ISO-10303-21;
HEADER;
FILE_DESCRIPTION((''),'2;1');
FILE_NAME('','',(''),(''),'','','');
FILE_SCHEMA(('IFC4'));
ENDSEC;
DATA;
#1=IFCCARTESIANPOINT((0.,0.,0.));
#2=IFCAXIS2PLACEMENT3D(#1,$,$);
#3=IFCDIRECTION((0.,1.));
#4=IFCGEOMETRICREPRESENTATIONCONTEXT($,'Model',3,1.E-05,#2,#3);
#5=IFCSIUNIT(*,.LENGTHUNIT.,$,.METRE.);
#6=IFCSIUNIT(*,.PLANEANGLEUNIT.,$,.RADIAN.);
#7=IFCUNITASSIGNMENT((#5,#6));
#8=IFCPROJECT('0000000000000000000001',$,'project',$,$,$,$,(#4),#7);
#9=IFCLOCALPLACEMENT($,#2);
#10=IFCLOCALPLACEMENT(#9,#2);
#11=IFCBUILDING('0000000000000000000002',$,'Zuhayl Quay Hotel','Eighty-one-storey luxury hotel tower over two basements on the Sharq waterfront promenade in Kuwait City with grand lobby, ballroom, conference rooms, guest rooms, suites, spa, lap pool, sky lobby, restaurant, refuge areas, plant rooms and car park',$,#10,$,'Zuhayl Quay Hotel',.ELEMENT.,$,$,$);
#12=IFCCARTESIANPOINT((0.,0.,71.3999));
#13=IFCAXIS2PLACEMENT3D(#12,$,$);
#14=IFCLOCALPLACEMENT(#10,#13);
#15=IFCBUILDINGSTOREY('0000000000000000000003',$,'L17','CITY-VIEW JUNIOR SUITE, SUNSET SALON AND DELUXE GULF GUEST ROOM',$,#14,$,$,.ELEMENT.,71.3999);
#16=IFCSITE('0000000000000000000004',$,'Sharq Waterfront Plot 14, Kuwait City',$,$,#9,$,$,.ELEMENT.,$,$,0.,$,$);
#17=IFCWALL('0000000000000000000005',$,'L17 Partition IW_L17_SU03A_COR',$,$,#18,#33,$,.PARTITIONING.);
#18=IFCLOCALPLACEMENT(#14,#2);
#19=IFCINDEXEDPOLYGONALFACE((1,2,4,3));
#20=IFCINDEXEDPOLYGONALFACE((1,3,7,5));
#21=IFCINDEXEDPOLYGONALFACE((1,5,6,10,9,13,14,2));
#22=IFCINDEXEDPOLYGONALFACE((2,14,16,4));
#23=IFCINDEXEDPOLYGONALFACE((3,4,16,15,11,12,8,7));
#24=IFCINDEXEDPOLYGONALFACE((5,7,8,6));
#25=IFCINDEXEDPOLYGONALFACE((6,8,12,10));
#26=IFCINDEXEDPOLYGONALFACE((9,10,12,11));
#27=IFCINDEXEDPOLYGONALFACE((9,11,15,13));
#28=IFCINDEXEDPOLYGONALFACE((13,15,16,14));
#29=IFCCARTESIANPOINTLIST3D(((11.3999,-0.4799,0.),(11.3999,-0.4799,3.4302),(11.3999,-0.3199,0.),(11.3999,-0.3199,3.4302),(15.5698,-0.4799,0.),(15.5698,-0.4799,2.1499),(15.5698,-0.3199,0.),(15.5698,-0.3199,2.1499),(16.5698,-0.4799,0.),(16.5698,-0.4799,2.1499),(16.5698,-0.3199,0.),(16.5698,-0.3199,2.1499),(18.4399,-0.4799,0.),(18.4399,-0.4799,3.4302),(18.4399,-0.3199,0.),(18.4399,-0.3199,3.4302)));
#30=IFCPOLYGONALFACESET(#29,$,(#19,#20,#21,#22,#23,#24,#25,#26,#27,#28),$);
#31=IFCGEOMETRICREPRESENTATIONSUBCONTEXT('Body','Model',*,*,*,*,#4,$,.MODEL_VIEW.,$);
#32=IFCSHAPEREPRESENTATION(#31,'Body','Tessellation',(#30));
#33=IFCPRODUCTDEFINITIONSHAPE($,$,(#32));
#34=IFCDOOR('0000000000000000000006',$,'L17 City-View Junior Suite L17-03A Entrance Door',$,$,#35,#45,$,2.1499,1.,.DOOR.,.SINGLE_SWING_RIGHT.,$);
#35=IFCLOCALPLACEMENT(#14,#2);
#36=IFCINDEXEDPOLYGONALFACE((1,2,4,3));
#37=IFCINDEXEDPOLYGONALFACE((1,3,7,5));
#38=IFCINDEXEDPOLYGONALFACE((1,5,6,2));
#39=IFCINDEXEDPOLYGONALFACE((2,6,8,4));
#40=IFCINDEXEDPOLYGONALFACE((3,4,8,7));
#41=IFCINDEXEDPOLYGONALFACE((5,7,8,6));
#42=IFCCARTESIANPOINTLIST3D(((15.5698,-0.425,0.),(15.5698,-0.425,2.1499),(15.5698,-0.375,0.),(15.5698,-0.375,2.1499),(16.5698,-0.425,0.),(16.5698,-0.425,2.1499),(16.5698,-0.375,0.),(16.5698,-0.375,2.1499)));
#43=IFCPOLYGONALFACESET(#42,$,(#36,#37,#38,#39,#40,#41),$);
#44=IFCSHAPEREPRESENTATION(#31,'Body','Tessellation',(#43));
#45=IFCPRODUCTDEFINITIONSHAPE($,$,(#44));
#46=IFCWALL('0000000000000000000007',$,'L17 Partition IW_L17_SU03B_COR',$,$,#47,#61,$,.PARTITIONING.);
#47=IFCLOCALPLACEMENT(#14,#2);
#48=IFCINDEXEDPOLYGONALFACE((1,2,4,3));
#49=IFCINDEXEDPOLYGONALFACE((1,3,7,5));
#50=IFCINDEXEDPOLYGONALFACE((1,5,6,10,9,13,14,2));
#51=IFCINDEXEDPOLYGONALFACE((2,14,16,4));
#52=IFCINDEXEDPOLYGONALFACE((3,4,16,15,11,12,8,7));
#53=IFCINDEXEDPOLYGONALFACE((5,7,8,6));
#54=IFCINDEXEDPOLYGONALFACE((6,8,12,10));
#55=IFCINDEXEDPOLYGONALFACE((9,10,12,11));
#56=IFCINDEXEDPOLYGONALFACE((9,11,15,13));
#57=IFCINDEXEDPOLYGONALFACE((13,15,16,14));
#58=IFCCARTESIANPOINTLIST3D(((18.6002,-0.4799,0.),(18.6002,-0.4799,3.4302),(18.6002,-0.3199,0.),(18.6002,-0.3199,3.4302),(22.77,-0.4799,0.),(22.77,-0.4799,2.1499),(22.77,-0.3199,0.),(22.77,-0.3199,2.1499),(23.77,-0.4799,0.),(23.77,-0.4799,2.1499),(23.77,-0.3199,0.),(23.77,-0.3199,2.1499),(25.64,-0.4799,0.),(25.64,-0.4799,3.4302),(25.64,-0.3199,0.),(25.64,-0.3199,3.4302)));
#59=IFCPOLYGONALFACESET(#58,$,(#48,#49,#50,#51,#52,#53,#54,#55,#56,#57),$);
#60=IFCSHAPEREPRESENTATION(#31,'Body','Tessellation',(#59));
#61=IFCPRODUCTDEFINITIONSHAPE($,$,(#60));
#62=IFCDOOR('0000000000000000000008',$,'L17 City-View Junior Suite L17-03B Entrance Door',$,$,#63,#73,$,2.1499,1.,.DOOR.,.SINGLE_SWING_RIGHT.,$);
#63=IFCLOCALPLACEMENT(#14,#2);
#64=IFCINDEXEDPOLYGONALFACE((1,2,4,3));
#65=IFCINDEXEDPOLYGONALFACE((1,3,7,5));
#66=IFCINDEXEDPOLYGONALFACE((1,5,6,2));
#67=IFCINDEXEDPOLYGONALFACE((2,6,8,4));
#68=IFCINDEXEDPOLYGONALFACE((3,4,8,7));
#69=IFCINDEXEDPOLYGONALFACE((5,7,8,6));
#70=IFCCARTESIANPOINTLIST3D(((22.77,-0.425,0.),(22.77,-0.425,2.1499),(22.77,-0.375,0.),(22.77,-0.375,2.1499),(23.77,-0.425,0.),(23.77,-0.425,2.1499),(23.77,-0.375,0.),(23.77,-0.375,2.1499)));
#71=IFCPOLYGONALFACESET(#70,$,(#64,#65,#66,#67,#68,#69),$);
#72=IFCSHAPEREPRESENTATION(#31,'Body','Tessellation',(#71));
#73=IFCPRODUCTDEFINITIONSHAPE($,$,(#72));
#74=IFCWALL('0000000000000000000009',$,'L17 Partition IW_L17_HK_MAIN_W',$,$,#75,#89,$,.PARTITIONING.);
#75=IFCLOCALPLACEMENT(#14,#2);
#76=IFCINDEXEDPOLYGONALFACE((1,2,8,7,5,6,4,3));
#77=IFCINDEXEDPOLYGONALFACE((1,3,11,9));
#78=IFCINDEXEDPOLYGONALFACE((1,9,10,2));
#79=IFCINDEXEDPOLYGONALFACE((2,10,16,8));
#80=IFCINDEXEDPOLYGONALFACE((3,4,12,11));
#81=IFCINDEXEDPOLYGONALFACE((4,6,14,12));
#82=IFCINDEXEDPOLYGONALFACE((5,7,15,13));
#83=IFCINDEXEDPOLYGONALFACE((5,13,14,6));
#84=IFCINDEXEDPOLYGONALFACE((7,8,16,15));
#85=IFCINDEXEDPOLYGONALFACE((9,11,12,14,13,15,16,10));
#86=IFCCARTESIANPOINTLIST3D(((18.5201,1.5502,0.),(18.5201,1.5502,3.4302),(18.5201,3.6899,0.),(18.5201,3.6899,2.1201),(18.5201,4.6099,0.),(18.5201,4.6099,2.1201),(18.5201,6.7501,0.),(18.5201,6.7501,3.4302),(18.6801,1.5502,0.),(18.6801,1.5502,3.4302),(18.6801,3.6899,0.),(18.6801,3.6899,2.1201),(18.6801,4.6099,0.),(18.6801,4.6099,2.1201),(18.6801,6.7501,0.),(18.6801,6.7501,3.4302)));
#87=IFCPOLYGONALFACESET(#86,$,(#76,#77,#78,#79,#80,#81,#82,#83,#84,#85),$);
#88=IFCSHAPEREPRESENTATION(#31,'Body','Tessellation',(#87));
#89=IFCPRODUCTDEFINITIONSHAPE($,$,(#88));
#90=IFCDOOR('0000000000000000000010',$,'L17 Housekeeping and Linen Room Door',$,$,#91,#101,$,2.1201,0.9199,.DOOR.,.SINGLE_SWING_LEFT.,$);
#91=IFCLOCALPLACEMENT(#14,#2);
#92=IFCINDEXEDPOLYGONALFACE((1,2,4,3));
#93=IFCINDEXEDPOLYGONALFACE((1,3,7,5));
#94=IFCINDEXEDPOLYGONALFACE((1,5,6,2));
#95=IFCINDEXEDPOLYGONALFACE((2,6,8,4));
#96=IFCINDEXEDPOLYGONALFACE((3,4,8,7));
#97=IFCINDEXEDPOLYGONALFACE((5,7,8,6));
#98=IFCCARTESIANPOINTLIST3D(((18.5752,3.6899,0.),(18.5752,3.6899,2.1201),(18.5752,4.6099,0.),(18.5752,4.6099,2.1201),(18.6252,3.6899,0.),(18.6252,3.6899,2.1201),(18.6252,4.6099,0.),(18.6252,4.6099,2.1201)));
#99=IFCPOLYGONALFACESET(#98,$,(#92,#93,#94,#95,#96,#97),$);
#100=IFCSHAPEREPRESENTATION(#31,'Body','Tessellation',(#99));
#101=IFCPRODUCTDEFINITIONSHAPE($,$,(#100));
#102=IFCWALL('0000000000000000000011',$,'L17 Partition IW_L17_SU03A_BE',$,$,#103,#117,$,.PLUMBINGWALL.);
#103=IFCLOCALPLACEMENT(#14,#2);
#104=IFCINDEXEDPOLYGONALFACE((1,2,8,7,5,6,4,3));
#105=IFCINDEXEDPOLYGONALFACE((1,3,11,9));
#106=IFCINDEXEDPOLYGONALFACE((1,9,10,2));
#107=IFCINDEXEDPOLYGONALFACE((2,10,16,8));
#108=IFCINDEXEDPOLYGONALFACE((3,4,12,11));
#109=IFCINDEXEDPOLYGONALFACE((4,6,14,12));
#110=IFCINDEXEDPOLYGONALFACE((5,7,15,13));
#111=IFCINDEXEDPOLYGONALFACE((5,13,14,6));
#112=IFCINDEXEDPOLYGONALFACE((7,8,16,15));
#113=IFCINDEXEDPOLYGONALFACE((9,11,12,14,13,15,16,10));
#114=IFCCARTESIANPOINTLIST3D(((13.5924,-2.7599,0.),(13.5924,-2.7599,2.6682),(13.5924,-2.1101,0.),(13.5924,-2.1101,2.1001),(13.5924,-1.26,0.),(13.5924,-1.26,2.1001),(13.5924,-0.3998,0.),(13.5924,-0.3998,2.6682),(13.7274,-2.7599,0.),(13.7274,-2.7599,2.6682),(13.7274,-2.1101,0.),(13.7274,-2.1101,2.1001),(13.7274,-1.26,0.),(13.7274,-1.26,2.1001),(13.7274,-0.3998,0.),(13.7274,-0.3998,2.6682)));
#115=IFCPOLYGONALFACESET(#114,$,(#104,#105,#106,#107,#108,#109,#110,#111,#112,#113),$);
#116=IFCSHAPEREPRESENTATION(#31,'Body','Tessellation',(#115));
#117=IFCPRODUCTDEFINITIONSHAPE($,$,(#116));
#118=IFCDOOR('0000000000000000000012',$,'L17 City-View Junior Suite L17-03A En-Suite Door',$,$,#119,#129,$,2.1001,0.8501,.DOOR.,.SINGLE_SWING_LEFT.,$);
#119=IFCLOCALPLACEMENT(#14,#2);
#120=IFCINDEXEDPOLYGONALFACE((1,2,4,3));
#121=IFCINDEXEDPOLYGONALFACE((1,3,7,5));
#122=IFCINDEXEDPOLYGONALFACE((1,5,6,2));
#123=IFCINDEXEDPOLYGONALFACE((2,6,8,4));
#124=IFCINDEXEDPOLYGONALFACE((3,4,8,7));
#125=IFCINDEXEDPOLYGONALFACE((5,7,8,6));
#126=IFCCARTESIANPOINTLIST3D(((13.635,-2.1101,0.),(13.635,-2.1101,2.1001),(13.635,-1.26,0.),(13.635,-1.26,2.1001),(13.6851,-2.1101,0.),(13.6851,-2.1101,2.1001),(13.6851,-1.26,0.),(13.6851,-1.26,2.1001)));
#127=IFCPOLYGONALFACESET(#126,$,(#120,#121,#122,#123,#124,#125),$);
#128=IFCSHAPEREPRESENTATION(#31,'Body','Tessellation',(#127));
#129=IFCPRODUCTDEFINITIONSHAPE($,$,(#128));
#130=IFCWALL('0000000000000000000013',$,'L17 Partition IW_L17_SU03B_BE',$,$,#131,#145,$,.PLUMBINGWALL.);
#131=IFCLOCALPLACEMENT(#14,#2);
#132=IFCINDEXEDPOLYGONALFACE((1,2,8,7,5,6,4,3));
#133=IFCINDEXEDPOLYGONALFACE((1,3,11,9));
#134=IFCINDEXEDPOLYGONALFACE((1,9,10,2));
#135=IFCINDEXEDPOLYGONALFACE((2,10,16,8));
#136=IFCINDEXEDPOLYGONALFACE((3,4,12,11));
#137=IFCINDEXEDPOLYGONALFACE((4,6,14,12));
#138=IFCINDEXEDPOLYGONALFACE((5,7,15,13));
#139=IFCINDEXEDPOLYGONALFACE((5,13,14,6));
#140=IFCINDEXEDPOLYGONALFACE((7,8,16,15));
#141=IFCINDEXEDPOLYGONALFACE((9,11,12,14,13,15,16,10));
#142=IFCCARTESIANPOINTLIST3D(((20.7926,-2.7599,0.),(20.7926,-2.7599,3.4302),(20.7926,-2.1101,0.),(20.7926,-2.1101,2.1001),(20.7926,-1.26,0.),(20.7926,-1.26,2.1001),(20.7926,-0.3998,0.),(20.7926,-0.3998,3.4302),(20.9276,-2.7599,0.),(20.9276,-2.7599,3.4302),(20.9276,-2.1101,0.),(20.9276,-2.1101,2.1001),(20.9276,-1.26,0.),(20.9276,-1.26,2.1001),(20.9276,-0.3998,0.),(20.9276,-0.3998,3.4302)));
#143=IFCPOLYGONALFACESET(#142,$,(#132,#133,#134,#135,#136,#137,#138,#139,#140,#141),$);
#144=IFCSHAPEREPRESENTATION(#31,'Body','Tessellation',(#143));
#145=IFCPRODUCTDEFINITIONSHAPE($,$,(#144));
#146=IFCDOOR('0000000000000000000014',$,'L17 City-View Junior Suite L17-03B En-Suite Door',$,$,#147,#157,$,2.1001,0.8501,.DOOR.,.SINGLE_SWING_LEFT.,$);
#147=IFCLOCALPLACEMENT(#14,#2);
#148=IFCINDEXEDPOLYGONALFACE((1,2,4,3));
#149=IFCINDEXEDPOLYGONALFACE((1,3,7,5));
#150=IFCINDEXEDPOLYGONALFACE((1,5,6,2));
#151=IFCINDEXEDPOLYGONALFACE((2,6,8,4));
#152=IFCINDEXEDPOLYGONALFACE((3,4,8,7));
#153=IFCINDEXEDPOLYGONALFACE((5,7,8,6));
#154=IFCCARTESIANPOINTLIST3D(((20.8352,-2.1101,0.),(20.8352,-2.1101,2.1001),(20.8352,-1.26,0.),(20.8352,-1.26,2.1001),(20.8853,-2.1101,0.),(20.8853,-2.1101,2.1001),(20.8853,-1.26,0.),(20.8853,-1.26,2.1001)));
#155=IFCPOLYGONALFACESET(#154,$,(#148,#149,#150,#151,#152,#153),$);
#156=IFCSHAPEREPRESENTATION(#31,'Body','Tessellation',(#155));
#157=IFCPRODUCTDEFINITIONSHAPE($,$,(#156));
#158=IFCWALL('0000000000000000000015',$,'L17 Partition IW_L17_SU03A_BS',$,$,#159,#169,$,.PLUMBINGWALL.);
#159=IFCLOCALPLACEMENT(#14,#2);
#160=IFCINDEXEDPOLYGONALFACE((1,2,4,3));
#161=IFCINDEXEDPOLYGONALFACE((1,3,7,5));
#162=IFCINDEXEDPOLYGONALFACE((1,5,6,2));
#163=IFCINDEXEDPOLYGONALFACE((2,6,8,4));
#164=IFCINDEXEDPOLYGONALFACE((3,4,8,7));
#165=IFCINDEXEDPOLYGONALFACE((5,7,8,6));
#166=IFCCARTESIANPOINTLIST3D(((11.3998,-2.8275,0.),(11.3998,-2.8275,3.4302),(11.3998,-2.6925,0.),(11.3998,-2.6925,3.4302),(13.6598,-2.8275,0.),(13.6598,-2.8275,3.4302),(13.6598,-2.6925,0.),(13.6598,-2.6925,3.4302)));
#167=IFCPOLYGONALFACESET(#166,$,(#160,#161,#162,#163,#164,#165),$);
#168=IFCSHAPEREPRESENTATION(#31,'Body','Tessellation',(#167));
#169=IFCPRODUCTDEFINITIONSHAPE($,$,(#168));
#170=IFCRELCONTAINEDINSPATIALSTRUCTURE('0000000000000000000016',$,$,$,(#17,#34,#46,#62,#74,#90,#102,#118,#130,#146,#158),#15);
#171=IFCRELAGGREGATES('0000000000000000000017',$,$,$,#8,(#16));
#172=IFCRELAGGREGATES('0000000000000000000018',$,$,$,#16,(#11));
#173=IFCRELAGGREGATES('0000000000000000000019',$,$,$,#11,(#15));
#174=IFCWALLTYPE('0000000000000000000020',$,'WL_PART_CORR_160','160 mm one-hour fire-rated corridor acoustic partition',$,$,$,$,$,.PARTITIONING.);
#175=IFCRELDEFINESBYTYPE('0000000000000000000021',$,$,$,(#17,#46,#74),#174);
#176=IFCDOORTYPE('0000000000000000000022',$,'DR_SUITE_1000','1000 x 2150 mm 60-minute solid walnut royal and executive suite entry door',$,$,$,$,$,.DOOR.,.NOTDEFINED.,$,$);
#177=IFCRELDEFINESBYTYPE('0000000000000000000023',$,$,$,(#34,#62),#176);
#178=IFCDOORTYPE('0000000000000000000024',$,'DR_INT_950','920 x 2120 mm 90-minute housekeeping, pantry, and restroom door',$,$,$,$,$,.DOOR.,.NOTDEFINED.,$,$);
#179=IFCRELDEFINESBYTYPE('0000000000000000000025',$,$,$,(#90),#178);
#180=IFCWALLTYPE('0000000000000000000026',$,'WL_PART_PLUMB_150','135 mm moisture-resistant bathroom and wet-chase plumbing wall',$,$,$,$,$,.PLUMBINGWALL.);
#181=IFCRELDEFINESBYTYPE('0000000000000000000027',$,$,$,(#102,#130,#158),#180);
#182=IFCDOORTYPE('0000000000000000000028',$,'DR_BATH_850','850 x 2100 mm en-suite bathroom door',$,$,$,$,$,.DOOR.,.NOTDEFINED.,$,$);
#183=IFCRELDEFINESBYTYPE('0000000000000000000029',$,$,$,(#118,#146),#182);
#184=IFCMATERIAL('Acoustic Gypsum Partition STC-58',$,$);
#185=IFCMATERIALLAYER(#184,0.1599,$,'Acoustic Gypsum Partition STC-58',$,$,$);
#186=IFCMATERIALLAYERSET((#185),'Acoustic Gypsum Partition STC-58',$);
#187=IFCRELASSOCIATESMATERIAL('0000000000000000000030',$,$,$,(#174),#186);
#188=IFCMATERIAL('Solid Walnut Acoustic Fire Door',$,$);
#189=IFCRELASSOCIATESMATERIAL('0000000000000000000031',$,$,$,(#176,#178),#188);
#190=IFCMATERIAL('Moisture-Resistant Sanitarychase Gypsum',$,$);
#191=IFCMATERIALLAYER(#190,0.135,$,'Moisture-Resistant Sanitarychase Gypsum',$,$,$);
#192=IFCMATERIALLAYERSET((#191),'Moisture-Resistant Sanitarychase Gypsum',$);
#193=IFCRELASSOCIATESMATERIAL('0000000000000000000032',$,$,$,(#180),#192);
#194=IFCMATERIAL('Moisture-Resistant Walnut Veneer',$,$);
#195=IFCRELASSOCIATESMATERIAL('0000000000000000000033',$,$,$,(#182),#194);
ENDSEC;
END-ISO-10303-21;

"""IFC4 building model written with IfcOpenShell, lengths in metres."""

from ifc_helpers import new_model, si_unit, direction, frame, frame_2d, origin, place, context, subcontext, project, spatial, rectangle, extrude, material, layer, layer_set, type_object, element, fill, save


model = new_model("IFC4")

# Units and contexts
model_context = context("Model", 3, precision=1e-05, world=origin(), true_north=direction((0.0, 1.0)))
body_context = subcontext(model_context, "Body", "Model", "MODEL_VIEW")
ifc_project = project(units=[si_unit("LENGTHUNIT", "METRE"), si_unit("PLANEANGLEUNIT", "RADIAN")], contexts=[model_context])

# Site, building, storey
site_placement = place(None, origin())
site = spatial("IfcSite", under=ifc_project, at=site_placement, Name="Sharq Waterfront Plot 14, Kuwait City", CompositionType="ELEMENT", RefElevation=0.0)
building_placement = place(site_placement, origin())
building = spatial("IfcBuilding", under=site, at=building_placement, Name="Zuhayl Quay Hotel", Description="Eighty-one-storey luxury hotel tower over two basements on the Sharq waterfront promenade in Kuwait City with grand lobby, ballroom, conference rooms, guest rooms, suites, spa, lap pool, sky lobby, restaurant, refuge areas, plant rooms and car park", LongName="Zuhayl Quay Hotel", CompositionType="ELEMENT")
storey_placement = place(building_placement, frame((0.0, 0.0, 71.3999)))
storey = spatial("IfcBuildingStorey", under=building, at=storey_placement, Name="L17", Description="CITY-VIEW JUNIOR SUITE, SUNSET SALON AND DELUXE GULF GUEST ROOM", CompositionType="ELEMENT", Elevation=71.3999)

# Walls, openings, doors
ifc_material_1 = material(Name="Acoustic Gypsum Partition STC-58")
ifc_layer_1 = layer(ifc_material_1, 0.1599, Name="Acoustic Gypsum Partition STC-58")
ifc_layer_set_1 = layer_set([ifc_layer_1], Name="Acoustic Gypsum Partition STC-58")
wall_type_1 = type_object("IfcWallType", Name="WL_PART_CORR_160", Description="160 mm one-hour fire-rated corridor acoustic partition", PredefinedType="PARTITIONING", material=ifc_layer_set_1)
wall_1_placement = place(storey_placement, frame((11.3999, -0.3999, 0.0), z_axis=(0.0, 0.0, 1.0), x_axis=(1.0, 0.0, 0.0)))
wall_1 = element("IfcWall", 1, at=wall_1_placement, inside=storey, type_object=wall_type_1, Name="L17 Partition IW_L17_SU03A_COR", PredefinedType="PARTITIONING", context=body_context, shape_type="SweptSolid", body=[
    extrude(rectangle(XDim=7.04, YDim=0.1599, at=frame_2d((3.52, 0.0))), origin(), (0.0, 0.0, 1.0), 3.4302),
])
opening_1_placement = place(wall_1_placement, frame((4.1699, 0.0, 0.0)))
opening_1 = element("IfcOpeningElement", 2, at=opening_1_placement, cuts=wall_1, PredefinedType="OPENING", context=body_context, shape_type="SweptSolid", body=[
    extrude(rectangle(XDim=1.0, YDim=2.1499, at=frame_2d((0.5, 1.075))), frame((0.0, 0.0898, 0.0), z_axis=(0.0, -1.0, 0.0), x_axis=(1.0, 0.0, 0.0)), (0.0, 0.0, 1.0), 0.1799),
])
ifc_material_2 = material(Name="Solid Walnut Acoustic Fire Door")
door_type_1 = type_object("IfcDoorType", Name="DR_SUITE_1000", Description="1000 x 2150 mm 60-minute solid walnut royal and executive suite entry door", OperationType="NOTDEFINED", PredefinedType="DOOR", material=ifc_material_2)
door_1_placement = place(opening_1_placement, origin())
door_1 = element("IfcDoor", 3, at=door_1_placement, inside=storey, type_object=door_type_1, Name="L17 City-View Junior Suite L17-03A Entrance Door", OperationType="SINGLE_SWING_RIGHT", OverallHeight=2.1499, OverallWidth=1.0, PredefinedType="DOOR", context=body_context, shape_type="SweptSolid", body=[
    extrude(rectangle(XDim=1.0, YDim=2.1499, at=frame_2d((0.5, 1.075))), frame((0.0, 0.0249, 0.0), z_axis=(0.0, -1.0, 0.0), x_axis=(1.0, 0.0, 0.0)), (0.0, 0.0, 1.0), 0.05),
])
fill(opening_1, door_1)
wall_2_placement = place(storey_placement, frame((18.6001, -0.3999, 0.0), z_axis=(0.0, 0.0, 1.0), x_axis=(1.0, 0.0, 0.0)))
wall_2 = element("IfcWall", 4, at=wall_2_placement, inside=storey, type_object=wall_type_1, Name="L17 Partition IW_L17_SU03B_COR", PredefinedType="PARTITIONING", context=body_context, shape_type="SweptSolid", body=[
    extrude(rectangle(XDim=7.0398, YDim=0.1599, at=frame_2d((3.52, 0.0))), origin(), (0.0, 0.0, 1.0), 3.4302),
])
opening_2_placement = place(wall_2_placement, frame((4.1699, 0.0, 0.0)))
opening_2 = element("IfcOpeningElement", 5, at=opening_2_placement, cuts=wall_2, PredefinedType="OPENING", context=body_context, shape_type="SweptSolid", body=[
    extrude(rectangle(XDim=1.0, YDim=2.1499, at=frame_2d((0.5, 1.075))), frame((0.0, 0.0898, 0.0), z_axis=(0.0, -1.0, 0.0), x_axis=(1.0, 0.0, 0.0)), (0.0, 0.0, 1.0), 0.1799),
])
door_2_placement = place(opening_2_placement, origin())
door_2 = element("IfcDoor", 6, at=door_2_placement, inside=storey, type_object=door_type_1, Name="L17 City-View Junior Suite L17-03B Entrance Door", OperationType="SINGLE_SWING_RIGHT", OverallHeight=2.1499, OverallWidth=1.0, PredefinedType="DOOR", context=body_context, shape_type="SweptSolid", body=[
    extrude(rectangle(XDim=1.0, YDim=2.1499, at=frame_2d((0.5, 1.075))), frame((0.0, 0.0249, 0.0), z_axis=(0.0, -1.0, 0.0), x_axis=(1.0, 0.0, 0.0)), (0.0, 0.0, 1.0), 0.05),
])
fill(opening_2, door_2)
wall_3_placement = place(storey_placement, frame((18.6001, 1.55, 0.0), z_axis=(0.0, 0.0, 1.0), x_axis=(0.0, 1.0, 0.0)))
wall_3 = element("IfcWall", 7, at=wall_3_placement, inside=storey, type_object=wall_type_1, Name="L17 Partition IW_L17_HK_MAIN_W", PredefinedType="PARTITIONING", context=body_context, shape_type="SweptSolid", body=[
    extrude(rectangle(XDim=5.2, YDim=0.1599, at=frame_2d((2.6001, 0.0))), origin(), (0.0, 0.0, 1.0), 3.4302),
])
opening_3_placement = place(wall_3_placement, frame((2.1399, 0.0, 0.0)))
opening_3 = element("IfcOpeningElement", 8, at=opening_3_placement, cuts=wall_3, PredefinedType="OPENING", context=body_context, shape_type="SweptSolid", body=[
    extrude(rectangle(XDim=0.9199, YDim=2.1201, at=frame_2d((0.46, 1.0601))), frame((0.0, 0.0898, 0.0), z_axis=(0.0, -1.0, 0.0), x_axis=(1.0, 0.0, 0.0)), (0.0, 0.0, 1.0), 0.1799),
])
door_type_2 = type_object("IfcDoorType", Name="DR_INT_950", Description="920 x 2120 mm 90-minute housekeeping, pantry, and restroom door", OperationType="NOTDEFINED", PredefinedType="DOOR", material=ifc_material_2)
door_3_placement = place(opening_3_placement, origin())
door_3 = element("IfcDoor", 9, at=door_3_placement, inside=storey, type_object=door_type_2, Name="L17 Housekeeping and Linen Room Door", OperationType="SINGLE_SWING_LEFT", OverallHeight=2.1201, OverallWidth=0.9199, PredefinedType="DOOR", context=body_context, shape_type="SweptSolid", body=[
    extrude(rectangle(XDim=0.9199, YDim=2.1201, at=frame_2d((0.46, 1.0601))), frame((0.0, 0.0249, 0.0), z_axis=(0.0, -1.0, 0.0), x_axis=(1.0, 0.0, 0.0)), (0.0, 0.0, 1.0), 0.05),
])
fill(opening_3, door_3)
ifc_material_3 = material(Name="Moisture-Resistant Sanitarychase Gypsum")
ifc_layer_2 = layer(ifc_material_3, 0.135, Name="Moisture-Resistant Sanitarychase Gypsum")
ifc_layer_set_2 = layer_set([ifc_layer_2], Name="Moisture-Resistant Sanitarychase Gypsum")
wall_type_2 = type_object("IfcWallType", Name="WL_PART_PLUMB_150", Description="135 mm moisture-resistant bathroom and wet-chase plumbing wall", PredefinedType="PLUMBINGWALL", material=ifc_layer_set_2)
wall_4_placement = place(storey_placement, frame((13.6599, -2.76, 0.0), z_axis=(0.0, 0.0, 1.0), x_axis=(0.0, 1.0, 0.0)))
wall_4 = element("IfcWall", 10, at=wall_4_placement, inside=storey, type_object=wall_type_2, Name="L17 Partition IW_L17_SU03A_BE", PredefinedType="PLUMBINGWALL", context=body_context, shape_type="SweptSolid", body=[
    extrude(rectangle(XDim=2.3601, YDim=0.135, at=frame_2d((1.1802, 0.0))), origin(), (0.0, 0.0, 1.0), 2.6682),
])
opening_4_placement = place(wall_4_placement, frame((0.6499, 0.0, 0.0)))
opening_4 = element("IfcOpeningElement", 11, at=opening_4_placement, cuts=wall_4, PredefinedType="OPENING", context=body_context, shape_type="SweptSolid", body=[
    extrude(rectangle(XDim=0.8501, YDim=2.1001, at=frame_2d((0.425, 1.05))), frame((0.0, 0.0774, 0.0), z_axis=(0.0, -1.0, 0.0), x_axis=(1.0, 0.0, 0.0)), (0.0, 0.0, 1.0), 0.155),
])
ifc_material_4 = material(Name="Moisture-Resistant Walnut Veneer")
door_type_3 = type_object("IfcDoorType", Name="DR_BATH_850", Description="850 x 2100 mm en-suite bathroom door", OperationType="NOTDEFINED", PredefinedType="DOOR", material=ifc_material_4)
door_4_placement = place(opening_4_placement, origin())
door_4 = element("IfcDoor", 12, at=door_4_placement, inside=storey, type_object=door_type_3, Name="L17 City-View Junior Suite L17-03A En-Suite Door", OperationType="SINGLE_SWING_LEFT", OverallHeight=2.1001, OverallWidth=0.8501, PredefinedType="DOOR", context=body_context, shape_type="SweptSolid", body=[
    extrude(rectangle(XDim=0.8501, YDim=2.1001, at=frame_2d((0.425, 1.05))), frame((0.0, 0.0249, 0.0), z_axis=(0.0, -1.0, 0.0), x_axis=(1.0, 0.0, 0.0)), (0.0, 0.0, 1.0), 0.05),
])
fill(opening_4, door_4)
wall_5_placement = place(storey_placement, frame((20.8601, -2.76, 0.0), z_axis=(0.0, 0.0, 1.0), x_axis=(0.0, 1.0, 0.0)))
wall_5 = element("IfcWall", 13, at=wall_5_placement, inside=storey, type_object=wall_type_2, Name="L17 Partition IW_L17_SU03B_BE", PredefinedType="PLUMBINGWALL", context=body_context, shape_type="SweptSolid", body=[
    extrude(rectangle(XDim=2.3601, YDim=0.135, at=frame_2d((1.1802, 0.0))), origin(), (0.0, 0.0, 1.0), 3.4302),
])
opening_5_placement = place(wall_5_placement, frame((0.6499, 0.0, 0.0)))
opening_5 = element("IfcOpeningElement", 14, at=opening_5_placement, cuts=wall_5, PredefinedType="OPENING", context=body_context, shape_type="SweptSolid", body=[
    extrude(rectangle(XDim=0.8501, YDim=2.1001, at=frame_2d((0.425, 1.05))), frame((0.0, 0.0774, 0.0), z_axis=(0.0, -1.0, 0.0), x_axis=(1.0, 0.0, 0.0)), (0.0, 0.0, 1.0), 0.155),
])
door_5_placement = place(opening_5_placement, origin())
door_5 = element("IfcDoor", 15, at=door_5_placement, inside=storey, type_object=door_type_3, Name="L17 City-View Junior Suite L17-03B En-Suite Door", OperationType="SINGLE_SWING_LEFT", OverallHeight=2.1001, OverallWidth=0.8501, PredefinedType="DOOR", context=body_context, shape_type="SweptSolid", body=[
    extrude(rectangle(XDim=0.8501, YDim=2.1001, at=frame_2d((0.425, 1.05))), frame((0.0, 0.0249, 0.0), z_axis=(0.0, -1.0, 0.0), x_axis=(1.0, 0.0, 0.0)), (0.0, 0.0, 1.0), 0.05),
])
fill(opening_5, door_5)

# Wall
for number, where, z_axis, x_axis, name in (
    (16, (11.3999, -2.76, 0.0), (0.0, 0.0, 1.0), (1.0, 0.0, 0.0), "L17 Partition IW_L17_SU03A_BS"),
):
    element("IfcWall", number, at=place(storey_placement, frame(where, z_axis=z_axis, x_axis=x_axis)), inside=storey, type_object=wall_type_2, Name=name, PredefinedType="PLUMBINGWALL", context=body_context, shape_type="SweptSolid", body=[
        extrude(rectangle(XDim=2.26, YDim=0.135, at=frame_2d((1.1299, 0.0))), origin(), (0.0, 0.0, 1.0), 3.4302),
    ])

save(model, "model.ifc")
